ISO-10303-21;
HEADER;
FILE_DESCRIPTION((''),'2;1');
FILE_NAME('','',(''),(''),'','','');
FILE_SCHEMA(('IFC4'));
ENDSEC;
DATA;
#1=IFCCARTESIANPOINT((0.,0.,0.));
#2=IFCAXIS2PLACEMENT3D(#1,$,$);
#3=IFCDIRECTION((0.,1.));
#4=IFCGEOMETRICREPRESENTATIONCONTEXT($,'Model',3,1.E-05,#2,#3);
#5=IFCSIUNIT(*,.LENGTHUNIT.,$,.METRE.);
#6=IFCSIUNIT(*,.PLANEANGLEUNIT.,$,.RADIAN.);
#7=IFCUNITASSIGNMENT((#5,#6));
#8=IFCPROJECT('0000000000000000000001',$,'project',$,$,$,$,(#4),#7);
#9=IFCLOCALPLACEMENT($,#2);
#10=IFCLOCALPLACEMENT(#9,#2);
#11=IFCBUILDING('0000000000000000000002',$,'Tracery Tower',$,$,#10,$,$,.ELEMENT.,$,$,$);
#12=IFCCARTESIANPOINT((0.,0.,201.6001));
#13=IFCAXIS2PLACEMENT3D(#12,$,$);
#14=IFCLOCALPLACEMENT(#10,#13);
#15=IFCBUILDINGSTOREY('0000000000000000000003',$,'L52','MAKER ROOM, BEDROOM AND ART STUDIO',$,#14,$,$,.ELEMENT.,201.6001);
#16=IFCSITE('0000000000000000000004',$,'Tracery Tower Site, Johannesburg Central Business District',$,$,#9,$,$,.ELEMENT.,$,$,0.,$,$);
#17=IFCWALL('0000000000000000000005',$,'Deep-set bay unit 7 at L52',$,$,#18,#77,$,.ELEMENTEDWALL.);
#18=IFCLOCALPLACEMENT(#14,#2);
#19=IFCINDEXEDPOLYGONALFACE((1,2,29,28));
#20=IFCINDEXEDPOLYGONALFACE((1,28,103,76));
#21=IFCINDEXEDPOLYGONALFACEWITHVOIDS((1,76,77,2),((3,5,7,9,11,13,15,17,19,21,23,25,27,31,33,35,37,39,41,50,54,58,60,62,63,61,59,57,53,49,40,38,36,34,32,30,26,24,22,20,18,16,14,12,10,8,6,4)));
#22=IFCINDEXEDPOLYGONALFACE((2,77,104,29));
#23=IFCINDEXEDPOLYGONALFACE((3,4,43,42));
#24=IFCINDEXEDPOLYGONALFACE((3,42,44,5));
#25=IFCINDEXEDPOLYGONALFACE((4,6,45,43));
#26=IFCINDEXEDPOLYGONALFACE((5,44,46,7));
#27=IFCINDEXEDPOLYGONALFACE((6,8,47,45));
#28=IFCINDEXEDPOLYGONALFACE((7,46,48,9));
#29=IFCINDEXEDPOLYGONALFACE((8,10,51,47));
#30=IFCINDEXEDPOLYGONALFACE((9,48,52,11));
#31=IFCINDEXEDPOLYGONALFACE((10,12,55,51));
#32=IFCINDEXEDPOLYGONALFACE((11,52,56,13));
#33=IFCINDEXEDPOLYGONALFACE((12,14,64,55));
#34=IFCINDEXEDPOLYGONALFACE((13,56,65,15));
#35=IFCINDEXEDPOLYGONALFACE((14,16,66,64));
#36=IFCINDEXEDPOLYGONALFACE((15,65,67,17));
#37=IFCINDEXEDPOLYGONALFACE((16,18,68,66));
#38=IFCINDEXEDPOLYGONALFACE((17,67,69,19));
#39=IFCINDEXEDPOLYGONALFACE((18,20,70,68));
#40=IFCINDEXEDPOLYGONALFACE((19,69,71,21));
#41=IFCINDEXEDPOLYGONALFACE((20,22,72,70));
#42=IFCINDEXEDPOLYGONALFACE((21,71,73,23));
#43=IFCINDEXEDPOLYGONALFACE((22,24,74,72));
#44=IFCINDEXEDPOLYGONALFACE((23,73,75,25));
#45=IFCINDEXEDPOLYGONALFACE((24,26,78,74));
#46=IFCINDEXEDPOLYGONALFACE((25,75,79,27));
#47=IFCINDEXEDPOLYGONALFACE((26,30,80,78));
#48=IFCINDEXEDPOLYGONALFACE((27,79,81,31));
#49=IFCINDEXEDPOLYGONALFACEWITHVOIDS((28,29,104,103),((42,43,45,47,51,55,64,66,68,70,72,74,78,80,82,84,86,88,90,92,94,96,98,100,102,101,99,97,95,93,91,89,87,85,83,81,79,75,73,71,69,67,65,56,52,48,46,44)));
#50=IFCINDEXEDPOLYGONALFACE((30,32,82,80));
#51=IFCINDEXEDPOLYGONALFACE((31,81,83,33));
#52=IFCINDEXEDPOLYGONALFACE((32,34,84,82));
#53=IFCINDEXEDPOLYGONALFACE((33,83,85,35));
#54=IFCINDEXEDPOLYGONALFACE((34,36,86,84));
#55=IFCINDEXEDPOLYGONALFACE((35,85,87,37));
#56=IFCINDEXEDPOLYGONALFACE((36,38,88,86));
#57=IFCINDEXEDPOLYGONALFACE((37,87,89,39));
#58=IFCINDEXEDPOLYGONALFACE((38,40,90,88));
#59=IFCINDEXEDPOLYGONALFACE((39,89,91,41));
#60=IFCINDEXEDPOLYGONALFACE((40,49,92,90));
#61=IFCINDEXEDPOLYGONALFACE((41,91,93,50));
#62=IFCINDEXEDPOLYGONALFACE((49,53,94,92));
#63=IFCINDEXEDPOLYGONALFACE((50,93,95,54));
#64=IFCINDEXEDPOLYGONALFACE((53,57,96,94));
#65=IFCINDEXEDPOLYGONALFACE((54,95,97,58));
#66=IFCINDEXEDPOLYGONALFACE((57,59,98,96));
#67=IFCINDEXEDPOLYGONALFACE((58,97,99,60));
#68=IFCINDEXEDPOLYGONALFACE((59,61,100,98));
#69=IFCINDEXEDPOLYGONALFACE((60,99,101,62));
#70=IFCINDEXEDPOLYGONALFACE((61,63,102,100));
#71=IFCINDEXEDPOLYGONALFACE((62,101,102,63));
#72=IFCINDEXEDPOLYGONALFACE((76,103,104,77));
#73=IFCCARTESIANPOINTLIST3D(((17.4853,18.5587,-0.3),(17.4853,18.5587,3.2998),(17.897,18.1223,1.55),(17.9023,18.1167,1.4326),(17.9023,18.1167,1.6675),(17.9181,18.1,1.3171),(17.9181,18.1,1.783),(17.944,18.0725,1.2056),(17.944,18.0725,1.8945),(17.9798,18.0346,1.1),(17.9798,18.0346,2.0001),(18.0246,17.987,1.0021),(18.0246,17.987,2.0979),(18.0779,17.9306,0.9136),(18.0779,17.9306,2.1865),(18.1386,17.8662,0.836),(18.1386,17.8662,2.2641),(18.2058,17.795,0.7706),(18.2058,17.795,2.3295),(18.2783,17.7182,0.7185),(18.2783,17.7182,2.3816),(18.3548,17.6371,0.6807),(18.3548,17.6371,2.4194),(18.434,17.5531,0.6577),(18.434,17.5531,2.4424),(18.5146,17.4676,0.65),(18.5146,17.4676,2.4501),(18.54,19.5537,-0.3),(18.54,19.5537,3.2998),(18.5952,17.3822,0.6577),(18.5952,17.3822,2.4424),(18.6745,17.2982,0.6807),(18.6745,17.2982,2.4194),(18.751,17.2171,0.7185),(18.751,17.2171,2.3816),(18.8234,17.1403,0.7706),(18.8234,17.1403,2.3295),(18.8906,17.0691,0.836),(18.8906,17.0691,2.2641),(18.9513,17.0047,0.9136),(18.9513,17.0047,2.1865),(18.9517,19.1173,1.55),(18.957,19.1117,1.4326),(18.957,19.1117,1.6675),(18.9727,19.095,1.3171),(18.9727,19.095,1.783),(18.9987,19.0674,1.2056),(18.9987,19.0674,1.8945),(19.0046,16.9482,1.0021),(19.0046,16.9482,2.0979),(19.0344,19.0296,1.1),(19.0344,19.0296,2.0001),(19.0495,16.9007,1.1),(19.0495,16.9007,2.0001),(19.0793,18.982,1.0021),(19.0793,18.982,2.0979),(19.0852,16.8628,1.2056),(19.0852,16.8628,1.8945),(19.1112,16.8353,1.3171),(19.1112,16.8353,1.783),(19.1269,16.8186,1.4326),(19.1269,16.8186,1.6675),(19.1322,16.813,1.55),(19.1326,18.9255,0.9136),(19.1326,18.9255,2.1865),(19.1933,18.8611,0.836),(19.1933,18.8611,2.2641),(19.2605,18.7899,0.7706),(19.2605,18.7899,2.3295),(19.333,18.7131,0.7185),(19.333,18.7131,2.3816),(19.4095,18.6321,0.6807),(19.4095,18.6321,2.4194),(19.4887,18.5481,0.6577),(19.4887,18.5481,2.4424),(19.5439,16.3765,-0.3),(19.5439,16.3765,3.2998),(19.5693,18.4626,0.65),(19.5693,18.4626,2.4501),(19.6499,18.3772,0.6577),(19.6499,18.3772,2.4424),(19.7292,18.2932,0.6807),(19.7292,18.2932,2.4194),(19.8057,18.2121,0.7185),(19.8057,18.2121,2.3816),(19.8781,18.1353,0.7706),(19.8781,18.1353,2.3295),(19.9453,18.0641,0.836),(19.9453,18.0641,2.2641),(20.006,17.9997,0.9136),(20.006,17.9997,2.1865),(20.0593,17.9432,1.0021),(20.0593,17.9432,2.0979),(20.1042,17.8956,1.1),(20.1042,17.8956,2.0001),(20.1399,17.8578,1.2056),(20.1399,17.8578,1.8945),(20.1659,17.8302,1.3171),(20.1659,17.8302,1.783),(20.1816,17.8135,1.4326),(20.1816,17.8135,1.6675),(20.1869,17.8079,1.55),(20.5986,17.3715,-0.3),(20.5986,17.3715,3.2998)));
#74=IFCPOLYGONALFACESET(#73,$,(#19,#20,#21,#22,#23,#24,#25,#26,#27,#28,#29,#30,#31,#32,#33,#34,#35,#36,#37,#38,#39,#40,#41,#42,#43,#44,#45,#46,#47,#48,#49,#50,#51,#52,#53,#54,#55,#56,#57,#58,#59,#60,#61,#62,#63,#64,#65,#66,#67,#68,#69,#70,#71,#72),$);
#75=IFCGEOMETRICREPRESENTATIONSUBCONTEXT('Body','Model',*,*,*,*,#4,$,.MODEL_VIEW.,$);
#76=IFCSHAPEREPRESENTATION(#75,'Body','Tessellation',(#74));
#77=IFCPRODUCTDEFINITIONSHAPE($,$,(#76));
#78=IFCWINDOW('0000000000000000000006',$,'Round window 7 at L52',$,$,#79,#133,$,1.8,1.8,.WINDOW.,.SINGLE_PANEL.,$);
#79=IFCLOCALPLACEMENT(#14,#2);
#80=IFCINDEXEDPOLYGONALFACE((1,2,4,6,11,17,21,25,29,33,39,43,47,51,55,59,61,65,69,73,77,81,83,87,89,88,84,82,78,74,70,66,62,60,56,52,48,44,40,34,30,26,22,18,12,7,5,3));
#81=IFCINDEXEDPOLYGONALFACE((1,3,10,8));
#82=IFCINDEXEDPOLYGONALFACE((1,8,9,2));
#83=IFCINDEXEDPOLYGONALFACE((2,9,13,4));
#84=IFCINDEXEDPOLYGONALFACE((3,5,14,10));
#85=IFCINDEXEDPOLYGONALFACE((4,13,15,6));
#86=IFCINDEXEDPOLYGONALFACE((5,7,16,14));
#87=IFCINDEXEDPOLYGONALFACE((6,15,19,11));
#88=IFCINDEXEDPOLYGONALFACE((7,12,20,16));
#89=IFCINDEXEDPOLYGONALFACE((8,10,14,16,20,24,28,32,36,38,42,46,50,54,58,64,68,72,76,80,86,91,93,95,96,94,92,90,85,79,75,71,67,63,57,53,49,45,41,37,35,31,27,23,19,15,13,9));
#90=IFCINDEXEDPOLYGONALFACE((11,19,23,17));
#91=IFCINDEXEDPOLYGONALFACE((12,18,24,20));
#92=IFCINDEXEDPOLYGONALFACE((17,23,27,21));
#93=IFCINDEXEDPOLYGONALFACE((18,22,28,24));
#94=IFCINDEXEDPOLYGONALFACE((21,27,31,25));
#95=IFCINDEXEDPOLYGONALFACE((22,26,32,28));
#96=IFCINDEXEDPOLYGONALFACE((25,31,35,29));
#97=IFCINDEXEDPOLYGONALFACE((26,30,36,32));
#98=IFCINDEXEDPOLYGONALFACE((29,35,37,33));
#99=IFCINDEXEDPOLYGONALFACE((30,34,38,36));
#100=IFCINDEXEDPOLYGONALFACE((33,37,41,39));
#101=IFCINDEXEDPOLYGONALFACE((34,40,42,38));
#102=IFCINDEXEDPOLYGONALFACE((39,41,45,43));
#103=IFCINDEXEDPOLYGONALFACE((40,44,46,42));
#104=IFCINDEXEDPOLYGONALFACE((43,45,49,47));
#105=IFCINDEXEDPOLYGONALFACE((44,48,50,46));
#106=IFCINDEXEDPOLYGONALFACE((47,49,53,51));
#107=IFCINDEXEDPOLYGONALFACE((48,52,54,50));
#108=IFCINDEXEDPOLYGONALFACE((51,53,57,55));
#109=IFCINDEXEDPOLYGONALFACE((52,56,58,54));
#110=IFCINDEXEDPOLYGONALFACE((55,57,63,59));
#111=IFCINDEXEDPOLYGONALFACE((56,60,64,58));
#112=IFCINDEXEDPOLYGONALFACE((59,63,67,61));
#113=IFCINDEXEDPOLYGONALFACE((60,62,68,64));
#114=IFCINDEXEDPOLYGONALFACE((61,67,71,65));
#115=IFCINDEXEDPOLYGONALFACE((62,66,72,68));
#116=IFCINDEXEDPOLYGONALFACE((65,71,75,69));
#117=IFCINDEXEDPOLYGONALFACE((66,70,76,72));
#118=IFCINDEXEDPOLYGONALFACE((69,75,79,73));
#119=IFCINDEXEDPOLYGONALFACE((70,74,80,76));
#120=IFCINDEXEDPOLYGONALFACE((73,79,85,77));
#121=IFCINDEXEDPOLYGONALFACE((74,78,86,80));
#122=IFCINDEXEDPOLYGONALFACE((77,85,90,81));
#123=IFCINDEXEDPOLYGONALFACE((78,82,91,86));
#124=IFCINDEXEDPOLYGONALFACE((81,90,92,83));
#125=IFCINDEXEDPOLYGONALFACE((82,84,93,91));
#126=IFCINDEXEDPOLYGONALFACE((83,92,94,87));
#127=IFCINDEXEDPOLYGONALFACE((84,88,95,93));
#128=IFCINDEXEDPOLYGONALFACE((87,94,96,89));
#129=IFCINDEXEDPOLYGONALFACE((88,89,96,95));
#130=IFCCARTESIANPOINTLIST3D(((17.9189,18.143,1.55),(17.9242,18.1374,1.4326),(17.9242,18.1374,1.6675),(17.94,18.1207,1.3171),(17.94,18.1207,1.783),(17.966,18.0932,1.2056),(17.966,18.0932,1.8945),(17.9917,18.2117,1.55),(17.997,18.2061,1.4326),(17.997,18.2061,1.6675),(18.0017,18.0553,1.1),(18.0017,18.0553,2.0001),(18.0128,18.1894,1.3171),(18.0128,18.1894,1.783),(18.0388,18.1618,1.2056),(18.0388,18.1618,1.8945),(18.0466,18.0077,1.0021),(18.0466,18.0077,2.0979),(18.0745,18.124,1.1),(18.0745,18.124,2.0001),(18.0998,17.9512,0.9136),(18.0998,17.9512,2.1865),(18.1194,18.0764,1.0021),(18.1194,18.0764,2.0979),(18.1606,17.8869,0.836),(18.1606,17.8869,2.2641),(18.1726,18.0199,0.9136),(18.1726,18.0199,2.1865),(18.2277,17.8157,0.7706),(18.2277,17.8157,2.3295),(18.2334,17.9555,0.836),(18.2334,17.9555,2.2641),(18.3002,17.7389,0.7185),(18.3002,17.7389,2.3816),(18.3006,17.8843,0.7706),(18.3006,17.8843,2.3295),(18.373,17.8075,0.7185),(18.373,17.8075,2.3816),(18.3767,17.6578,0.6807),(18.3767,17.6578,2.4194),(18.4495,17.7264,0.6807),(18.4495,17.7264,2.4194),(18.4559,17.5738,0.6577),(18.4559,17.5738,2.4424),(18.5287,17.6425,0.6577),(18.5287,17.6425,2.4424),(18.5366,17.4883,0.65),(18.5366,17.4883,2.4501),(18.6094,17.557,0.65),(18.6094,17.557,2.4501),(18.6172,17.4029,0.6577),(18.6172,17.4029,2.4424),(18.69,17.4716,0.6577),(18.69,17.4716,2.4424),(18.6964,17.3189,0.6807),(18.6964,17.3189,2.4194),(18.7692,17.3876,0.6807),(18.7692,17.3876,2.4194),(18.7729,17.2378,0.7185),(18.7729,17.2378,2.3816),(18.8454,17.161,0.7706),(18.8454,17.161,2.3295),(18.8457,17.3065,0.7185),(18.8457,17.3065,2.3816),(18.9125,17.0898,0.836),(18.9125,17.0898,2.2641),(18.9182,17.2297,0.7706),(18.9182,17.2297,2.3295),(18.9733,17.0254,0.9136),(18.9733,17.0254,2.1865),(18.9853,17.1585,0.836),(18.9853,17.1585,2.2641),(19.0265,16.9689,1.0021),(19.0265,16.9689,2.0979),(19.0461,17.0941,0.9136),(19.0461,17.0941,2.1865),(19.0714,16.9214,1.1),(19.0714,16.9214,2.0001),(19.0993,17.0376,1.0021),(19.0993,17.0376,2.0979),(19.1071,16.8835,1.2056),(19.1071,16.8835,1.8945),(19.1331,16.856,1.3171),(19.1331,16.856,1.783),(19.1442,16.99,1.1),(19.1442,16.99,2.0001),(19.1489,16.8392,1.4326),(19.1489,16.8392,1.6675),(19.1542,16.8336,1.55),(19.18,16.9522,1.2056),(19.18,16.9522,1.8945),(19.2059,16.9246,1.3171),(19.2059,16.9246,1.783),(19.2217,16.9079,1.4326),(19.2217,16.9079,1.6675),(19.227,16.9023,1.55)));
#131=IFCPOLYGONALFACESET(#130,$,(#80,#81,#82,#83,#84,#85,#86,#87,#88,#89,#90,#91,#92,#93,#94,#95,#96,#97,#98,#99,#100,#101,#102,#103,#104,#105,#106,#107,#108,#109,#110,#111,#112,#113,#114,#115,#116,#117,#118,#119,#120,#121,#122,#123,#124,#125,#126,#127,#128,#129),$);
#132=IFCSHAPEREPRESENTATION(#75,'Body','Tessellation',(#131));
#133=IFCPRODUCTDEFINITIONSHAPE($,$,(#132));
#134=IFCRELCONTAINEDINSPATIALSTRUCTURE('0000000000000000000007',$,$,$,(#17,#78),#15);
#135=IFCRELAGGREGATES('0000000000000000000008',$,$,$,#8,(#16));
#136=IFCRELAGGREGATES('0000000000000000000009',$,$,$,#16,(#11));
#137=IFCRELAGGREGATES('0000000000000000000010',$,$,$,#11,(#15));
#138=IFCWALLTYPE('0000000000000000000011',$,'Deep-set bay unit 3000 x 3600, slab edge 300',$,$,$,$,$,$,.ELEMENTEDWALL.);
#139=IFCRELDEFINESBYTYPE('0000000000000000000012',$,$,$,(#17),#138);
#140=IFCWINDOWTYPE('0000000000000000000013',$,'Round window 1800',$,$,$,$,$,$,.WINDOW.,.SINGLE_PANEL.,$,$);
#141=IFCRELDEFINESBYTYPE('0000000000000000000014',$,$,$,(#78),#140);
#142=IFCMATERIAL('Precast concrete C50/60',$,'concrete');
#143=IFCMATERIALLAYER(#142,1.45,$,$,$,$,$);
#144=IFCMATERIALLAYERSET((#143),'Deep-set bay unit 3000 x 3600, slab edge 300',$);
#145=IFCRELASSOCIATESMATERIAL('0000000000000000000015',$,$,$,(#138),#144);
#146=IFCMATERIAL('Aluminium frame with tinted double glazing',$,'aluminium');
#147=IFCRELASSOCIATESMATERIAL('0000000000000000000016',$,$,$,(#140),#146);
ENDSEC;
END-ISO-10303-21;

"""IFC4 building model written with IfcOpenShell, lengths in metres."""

from ifc_helpers import new_model, si_unit, direction, frame, frame_2d, origin, origin_2d, place, context, subcontext, project, spatial, rectangle, circle, extrude, material, layer, layer_set, type_object, element, fill, save


model = new_model("IFC4")

# Units and contexts
model_context = context("Model", 3, precision=1e-05, world=origin(), true_north=direction((0.0, 1.0)))
body_context = subcontext(model_context, "Body", "Model", "MODEL_VIEW")
ifc_project = project(units=[si_unit("LENGTHUNIT", "METRE"), si_unit("PLANEANGLEUNIT", "RADIAN")], contexts=[model_context])

# Site, building, storey
site_placement = place(None, origin())
site = spatial("IfcSite", under=ifc_project, at=site_placement, Name="Tracery Tower Site, Johannesburg Central Business District", CompositionType="ELEMENT", RefElevation=0.0)
building_placement = place(site_placement, origin())
building = spatial("IfcBuilding", under=site, at=building_placement, Name="Tracery Tower", CompositionType="ELEMENT")
storey_placement = place(building_placement, frame((0.0, 0.0, 201.6001)))
storey = spatial("IfcBuildingStorey", under=building, at=storey_placement, Name="L52", Description="MAKER ROOM, BEDROOM AND ART STUDIO", CompositionType="ELEMENT", Elevation=201.6001)

# Wall, opening, window
ifc_material_1 = material(Name="Precast concrete C50/60", Category="concrete")
ifc_layer_1 = layer(ifc_material_1, 1.45)
ifc_layer_set_1 = layer_set([ifc_layer_1], Name="Deep-set bay unit 3000 x 3600, slab edge 300")
wall_type_1 = type_object("IfcWallType", Name="Deep-set bay unit 3000 x 3600, slab edge 300", PredefinedType="ELEMENTEDWALL", material=ifc_layer_set_1)
wall_1_placement = place(storey_placement, frame((20.0713, 16.874, -0.3), z_axis=(0.0, 0.0, 1.0), x_axis=(-0.686217, 0.727397, 0.0)))
wall_1 = element("IfcWall", 1, at=wall_1_placement, inside=storey, type_object=wall_type_1, Name="Deep-set bay unit 7 at L52", PredefinedType="ELEMENTEDWALL", context=body_context, shape_type="SweptSolid", body=[
    extrude(rectangle(XDim=3.0, YDim=1.45, at=frame_2d((1.5, 0.0))), origin(), (0.0, 0.0, 1.0), 3.5999),
])
opening_1_placement = place(wall_1_placement, frame((1.5, 0.0, 1.8501)))
opening_1 = element("IfcOpeningElement", 2, at=opening_1_placement, cuts=wall_1, PredefinedType="OPENING", context=body_context, shape_type="SweptSolid", body=[
    extrude(circle(Radius=0.9, at=origin_2d()), frame((0.0, 0.7349, 0.0), z_axis=(0.0, -1.0, 0.0), x_axis=(1.0, 0.0, 0.0)), (0.0, 0.0, 1.0), 1.47),
])
ifc_material_2 = material(Name="Aluminium frame with tinted double glazing", Category="aluminium")
window_type = type_object("IfcWindowType", Name="Round window 1800", PartitioningType="SINGLE_PANEL", PredefinedType="WINDOW", material=ifc_material_2)
window_1_placement = place(opening_1_placement, origin())
window_1 = element("IfcWindow", 3, at=window_1_placement, inside=storey, type_object=window_type, Name="Round window 7 at L52", OverallHeight=1.8, OverallWidth=1.8, PartitioningType="SINGLE_PANEL", PredefinedType="WINDOW", context=body_context, shape_type="SweptSolid", body=[
    extrude(circle(Radius=0.9, at=origin_2d()), frame((0.0, 0.6948, 0.0), z_axis=(0.0, -1.0, 0.0), x_axis=(1.0, 0.0, 0.0)), (0.0, 0.0, 1.0), 0.1001),
])
fill(opening_1, window_1)

save(model, "model.ifc")
